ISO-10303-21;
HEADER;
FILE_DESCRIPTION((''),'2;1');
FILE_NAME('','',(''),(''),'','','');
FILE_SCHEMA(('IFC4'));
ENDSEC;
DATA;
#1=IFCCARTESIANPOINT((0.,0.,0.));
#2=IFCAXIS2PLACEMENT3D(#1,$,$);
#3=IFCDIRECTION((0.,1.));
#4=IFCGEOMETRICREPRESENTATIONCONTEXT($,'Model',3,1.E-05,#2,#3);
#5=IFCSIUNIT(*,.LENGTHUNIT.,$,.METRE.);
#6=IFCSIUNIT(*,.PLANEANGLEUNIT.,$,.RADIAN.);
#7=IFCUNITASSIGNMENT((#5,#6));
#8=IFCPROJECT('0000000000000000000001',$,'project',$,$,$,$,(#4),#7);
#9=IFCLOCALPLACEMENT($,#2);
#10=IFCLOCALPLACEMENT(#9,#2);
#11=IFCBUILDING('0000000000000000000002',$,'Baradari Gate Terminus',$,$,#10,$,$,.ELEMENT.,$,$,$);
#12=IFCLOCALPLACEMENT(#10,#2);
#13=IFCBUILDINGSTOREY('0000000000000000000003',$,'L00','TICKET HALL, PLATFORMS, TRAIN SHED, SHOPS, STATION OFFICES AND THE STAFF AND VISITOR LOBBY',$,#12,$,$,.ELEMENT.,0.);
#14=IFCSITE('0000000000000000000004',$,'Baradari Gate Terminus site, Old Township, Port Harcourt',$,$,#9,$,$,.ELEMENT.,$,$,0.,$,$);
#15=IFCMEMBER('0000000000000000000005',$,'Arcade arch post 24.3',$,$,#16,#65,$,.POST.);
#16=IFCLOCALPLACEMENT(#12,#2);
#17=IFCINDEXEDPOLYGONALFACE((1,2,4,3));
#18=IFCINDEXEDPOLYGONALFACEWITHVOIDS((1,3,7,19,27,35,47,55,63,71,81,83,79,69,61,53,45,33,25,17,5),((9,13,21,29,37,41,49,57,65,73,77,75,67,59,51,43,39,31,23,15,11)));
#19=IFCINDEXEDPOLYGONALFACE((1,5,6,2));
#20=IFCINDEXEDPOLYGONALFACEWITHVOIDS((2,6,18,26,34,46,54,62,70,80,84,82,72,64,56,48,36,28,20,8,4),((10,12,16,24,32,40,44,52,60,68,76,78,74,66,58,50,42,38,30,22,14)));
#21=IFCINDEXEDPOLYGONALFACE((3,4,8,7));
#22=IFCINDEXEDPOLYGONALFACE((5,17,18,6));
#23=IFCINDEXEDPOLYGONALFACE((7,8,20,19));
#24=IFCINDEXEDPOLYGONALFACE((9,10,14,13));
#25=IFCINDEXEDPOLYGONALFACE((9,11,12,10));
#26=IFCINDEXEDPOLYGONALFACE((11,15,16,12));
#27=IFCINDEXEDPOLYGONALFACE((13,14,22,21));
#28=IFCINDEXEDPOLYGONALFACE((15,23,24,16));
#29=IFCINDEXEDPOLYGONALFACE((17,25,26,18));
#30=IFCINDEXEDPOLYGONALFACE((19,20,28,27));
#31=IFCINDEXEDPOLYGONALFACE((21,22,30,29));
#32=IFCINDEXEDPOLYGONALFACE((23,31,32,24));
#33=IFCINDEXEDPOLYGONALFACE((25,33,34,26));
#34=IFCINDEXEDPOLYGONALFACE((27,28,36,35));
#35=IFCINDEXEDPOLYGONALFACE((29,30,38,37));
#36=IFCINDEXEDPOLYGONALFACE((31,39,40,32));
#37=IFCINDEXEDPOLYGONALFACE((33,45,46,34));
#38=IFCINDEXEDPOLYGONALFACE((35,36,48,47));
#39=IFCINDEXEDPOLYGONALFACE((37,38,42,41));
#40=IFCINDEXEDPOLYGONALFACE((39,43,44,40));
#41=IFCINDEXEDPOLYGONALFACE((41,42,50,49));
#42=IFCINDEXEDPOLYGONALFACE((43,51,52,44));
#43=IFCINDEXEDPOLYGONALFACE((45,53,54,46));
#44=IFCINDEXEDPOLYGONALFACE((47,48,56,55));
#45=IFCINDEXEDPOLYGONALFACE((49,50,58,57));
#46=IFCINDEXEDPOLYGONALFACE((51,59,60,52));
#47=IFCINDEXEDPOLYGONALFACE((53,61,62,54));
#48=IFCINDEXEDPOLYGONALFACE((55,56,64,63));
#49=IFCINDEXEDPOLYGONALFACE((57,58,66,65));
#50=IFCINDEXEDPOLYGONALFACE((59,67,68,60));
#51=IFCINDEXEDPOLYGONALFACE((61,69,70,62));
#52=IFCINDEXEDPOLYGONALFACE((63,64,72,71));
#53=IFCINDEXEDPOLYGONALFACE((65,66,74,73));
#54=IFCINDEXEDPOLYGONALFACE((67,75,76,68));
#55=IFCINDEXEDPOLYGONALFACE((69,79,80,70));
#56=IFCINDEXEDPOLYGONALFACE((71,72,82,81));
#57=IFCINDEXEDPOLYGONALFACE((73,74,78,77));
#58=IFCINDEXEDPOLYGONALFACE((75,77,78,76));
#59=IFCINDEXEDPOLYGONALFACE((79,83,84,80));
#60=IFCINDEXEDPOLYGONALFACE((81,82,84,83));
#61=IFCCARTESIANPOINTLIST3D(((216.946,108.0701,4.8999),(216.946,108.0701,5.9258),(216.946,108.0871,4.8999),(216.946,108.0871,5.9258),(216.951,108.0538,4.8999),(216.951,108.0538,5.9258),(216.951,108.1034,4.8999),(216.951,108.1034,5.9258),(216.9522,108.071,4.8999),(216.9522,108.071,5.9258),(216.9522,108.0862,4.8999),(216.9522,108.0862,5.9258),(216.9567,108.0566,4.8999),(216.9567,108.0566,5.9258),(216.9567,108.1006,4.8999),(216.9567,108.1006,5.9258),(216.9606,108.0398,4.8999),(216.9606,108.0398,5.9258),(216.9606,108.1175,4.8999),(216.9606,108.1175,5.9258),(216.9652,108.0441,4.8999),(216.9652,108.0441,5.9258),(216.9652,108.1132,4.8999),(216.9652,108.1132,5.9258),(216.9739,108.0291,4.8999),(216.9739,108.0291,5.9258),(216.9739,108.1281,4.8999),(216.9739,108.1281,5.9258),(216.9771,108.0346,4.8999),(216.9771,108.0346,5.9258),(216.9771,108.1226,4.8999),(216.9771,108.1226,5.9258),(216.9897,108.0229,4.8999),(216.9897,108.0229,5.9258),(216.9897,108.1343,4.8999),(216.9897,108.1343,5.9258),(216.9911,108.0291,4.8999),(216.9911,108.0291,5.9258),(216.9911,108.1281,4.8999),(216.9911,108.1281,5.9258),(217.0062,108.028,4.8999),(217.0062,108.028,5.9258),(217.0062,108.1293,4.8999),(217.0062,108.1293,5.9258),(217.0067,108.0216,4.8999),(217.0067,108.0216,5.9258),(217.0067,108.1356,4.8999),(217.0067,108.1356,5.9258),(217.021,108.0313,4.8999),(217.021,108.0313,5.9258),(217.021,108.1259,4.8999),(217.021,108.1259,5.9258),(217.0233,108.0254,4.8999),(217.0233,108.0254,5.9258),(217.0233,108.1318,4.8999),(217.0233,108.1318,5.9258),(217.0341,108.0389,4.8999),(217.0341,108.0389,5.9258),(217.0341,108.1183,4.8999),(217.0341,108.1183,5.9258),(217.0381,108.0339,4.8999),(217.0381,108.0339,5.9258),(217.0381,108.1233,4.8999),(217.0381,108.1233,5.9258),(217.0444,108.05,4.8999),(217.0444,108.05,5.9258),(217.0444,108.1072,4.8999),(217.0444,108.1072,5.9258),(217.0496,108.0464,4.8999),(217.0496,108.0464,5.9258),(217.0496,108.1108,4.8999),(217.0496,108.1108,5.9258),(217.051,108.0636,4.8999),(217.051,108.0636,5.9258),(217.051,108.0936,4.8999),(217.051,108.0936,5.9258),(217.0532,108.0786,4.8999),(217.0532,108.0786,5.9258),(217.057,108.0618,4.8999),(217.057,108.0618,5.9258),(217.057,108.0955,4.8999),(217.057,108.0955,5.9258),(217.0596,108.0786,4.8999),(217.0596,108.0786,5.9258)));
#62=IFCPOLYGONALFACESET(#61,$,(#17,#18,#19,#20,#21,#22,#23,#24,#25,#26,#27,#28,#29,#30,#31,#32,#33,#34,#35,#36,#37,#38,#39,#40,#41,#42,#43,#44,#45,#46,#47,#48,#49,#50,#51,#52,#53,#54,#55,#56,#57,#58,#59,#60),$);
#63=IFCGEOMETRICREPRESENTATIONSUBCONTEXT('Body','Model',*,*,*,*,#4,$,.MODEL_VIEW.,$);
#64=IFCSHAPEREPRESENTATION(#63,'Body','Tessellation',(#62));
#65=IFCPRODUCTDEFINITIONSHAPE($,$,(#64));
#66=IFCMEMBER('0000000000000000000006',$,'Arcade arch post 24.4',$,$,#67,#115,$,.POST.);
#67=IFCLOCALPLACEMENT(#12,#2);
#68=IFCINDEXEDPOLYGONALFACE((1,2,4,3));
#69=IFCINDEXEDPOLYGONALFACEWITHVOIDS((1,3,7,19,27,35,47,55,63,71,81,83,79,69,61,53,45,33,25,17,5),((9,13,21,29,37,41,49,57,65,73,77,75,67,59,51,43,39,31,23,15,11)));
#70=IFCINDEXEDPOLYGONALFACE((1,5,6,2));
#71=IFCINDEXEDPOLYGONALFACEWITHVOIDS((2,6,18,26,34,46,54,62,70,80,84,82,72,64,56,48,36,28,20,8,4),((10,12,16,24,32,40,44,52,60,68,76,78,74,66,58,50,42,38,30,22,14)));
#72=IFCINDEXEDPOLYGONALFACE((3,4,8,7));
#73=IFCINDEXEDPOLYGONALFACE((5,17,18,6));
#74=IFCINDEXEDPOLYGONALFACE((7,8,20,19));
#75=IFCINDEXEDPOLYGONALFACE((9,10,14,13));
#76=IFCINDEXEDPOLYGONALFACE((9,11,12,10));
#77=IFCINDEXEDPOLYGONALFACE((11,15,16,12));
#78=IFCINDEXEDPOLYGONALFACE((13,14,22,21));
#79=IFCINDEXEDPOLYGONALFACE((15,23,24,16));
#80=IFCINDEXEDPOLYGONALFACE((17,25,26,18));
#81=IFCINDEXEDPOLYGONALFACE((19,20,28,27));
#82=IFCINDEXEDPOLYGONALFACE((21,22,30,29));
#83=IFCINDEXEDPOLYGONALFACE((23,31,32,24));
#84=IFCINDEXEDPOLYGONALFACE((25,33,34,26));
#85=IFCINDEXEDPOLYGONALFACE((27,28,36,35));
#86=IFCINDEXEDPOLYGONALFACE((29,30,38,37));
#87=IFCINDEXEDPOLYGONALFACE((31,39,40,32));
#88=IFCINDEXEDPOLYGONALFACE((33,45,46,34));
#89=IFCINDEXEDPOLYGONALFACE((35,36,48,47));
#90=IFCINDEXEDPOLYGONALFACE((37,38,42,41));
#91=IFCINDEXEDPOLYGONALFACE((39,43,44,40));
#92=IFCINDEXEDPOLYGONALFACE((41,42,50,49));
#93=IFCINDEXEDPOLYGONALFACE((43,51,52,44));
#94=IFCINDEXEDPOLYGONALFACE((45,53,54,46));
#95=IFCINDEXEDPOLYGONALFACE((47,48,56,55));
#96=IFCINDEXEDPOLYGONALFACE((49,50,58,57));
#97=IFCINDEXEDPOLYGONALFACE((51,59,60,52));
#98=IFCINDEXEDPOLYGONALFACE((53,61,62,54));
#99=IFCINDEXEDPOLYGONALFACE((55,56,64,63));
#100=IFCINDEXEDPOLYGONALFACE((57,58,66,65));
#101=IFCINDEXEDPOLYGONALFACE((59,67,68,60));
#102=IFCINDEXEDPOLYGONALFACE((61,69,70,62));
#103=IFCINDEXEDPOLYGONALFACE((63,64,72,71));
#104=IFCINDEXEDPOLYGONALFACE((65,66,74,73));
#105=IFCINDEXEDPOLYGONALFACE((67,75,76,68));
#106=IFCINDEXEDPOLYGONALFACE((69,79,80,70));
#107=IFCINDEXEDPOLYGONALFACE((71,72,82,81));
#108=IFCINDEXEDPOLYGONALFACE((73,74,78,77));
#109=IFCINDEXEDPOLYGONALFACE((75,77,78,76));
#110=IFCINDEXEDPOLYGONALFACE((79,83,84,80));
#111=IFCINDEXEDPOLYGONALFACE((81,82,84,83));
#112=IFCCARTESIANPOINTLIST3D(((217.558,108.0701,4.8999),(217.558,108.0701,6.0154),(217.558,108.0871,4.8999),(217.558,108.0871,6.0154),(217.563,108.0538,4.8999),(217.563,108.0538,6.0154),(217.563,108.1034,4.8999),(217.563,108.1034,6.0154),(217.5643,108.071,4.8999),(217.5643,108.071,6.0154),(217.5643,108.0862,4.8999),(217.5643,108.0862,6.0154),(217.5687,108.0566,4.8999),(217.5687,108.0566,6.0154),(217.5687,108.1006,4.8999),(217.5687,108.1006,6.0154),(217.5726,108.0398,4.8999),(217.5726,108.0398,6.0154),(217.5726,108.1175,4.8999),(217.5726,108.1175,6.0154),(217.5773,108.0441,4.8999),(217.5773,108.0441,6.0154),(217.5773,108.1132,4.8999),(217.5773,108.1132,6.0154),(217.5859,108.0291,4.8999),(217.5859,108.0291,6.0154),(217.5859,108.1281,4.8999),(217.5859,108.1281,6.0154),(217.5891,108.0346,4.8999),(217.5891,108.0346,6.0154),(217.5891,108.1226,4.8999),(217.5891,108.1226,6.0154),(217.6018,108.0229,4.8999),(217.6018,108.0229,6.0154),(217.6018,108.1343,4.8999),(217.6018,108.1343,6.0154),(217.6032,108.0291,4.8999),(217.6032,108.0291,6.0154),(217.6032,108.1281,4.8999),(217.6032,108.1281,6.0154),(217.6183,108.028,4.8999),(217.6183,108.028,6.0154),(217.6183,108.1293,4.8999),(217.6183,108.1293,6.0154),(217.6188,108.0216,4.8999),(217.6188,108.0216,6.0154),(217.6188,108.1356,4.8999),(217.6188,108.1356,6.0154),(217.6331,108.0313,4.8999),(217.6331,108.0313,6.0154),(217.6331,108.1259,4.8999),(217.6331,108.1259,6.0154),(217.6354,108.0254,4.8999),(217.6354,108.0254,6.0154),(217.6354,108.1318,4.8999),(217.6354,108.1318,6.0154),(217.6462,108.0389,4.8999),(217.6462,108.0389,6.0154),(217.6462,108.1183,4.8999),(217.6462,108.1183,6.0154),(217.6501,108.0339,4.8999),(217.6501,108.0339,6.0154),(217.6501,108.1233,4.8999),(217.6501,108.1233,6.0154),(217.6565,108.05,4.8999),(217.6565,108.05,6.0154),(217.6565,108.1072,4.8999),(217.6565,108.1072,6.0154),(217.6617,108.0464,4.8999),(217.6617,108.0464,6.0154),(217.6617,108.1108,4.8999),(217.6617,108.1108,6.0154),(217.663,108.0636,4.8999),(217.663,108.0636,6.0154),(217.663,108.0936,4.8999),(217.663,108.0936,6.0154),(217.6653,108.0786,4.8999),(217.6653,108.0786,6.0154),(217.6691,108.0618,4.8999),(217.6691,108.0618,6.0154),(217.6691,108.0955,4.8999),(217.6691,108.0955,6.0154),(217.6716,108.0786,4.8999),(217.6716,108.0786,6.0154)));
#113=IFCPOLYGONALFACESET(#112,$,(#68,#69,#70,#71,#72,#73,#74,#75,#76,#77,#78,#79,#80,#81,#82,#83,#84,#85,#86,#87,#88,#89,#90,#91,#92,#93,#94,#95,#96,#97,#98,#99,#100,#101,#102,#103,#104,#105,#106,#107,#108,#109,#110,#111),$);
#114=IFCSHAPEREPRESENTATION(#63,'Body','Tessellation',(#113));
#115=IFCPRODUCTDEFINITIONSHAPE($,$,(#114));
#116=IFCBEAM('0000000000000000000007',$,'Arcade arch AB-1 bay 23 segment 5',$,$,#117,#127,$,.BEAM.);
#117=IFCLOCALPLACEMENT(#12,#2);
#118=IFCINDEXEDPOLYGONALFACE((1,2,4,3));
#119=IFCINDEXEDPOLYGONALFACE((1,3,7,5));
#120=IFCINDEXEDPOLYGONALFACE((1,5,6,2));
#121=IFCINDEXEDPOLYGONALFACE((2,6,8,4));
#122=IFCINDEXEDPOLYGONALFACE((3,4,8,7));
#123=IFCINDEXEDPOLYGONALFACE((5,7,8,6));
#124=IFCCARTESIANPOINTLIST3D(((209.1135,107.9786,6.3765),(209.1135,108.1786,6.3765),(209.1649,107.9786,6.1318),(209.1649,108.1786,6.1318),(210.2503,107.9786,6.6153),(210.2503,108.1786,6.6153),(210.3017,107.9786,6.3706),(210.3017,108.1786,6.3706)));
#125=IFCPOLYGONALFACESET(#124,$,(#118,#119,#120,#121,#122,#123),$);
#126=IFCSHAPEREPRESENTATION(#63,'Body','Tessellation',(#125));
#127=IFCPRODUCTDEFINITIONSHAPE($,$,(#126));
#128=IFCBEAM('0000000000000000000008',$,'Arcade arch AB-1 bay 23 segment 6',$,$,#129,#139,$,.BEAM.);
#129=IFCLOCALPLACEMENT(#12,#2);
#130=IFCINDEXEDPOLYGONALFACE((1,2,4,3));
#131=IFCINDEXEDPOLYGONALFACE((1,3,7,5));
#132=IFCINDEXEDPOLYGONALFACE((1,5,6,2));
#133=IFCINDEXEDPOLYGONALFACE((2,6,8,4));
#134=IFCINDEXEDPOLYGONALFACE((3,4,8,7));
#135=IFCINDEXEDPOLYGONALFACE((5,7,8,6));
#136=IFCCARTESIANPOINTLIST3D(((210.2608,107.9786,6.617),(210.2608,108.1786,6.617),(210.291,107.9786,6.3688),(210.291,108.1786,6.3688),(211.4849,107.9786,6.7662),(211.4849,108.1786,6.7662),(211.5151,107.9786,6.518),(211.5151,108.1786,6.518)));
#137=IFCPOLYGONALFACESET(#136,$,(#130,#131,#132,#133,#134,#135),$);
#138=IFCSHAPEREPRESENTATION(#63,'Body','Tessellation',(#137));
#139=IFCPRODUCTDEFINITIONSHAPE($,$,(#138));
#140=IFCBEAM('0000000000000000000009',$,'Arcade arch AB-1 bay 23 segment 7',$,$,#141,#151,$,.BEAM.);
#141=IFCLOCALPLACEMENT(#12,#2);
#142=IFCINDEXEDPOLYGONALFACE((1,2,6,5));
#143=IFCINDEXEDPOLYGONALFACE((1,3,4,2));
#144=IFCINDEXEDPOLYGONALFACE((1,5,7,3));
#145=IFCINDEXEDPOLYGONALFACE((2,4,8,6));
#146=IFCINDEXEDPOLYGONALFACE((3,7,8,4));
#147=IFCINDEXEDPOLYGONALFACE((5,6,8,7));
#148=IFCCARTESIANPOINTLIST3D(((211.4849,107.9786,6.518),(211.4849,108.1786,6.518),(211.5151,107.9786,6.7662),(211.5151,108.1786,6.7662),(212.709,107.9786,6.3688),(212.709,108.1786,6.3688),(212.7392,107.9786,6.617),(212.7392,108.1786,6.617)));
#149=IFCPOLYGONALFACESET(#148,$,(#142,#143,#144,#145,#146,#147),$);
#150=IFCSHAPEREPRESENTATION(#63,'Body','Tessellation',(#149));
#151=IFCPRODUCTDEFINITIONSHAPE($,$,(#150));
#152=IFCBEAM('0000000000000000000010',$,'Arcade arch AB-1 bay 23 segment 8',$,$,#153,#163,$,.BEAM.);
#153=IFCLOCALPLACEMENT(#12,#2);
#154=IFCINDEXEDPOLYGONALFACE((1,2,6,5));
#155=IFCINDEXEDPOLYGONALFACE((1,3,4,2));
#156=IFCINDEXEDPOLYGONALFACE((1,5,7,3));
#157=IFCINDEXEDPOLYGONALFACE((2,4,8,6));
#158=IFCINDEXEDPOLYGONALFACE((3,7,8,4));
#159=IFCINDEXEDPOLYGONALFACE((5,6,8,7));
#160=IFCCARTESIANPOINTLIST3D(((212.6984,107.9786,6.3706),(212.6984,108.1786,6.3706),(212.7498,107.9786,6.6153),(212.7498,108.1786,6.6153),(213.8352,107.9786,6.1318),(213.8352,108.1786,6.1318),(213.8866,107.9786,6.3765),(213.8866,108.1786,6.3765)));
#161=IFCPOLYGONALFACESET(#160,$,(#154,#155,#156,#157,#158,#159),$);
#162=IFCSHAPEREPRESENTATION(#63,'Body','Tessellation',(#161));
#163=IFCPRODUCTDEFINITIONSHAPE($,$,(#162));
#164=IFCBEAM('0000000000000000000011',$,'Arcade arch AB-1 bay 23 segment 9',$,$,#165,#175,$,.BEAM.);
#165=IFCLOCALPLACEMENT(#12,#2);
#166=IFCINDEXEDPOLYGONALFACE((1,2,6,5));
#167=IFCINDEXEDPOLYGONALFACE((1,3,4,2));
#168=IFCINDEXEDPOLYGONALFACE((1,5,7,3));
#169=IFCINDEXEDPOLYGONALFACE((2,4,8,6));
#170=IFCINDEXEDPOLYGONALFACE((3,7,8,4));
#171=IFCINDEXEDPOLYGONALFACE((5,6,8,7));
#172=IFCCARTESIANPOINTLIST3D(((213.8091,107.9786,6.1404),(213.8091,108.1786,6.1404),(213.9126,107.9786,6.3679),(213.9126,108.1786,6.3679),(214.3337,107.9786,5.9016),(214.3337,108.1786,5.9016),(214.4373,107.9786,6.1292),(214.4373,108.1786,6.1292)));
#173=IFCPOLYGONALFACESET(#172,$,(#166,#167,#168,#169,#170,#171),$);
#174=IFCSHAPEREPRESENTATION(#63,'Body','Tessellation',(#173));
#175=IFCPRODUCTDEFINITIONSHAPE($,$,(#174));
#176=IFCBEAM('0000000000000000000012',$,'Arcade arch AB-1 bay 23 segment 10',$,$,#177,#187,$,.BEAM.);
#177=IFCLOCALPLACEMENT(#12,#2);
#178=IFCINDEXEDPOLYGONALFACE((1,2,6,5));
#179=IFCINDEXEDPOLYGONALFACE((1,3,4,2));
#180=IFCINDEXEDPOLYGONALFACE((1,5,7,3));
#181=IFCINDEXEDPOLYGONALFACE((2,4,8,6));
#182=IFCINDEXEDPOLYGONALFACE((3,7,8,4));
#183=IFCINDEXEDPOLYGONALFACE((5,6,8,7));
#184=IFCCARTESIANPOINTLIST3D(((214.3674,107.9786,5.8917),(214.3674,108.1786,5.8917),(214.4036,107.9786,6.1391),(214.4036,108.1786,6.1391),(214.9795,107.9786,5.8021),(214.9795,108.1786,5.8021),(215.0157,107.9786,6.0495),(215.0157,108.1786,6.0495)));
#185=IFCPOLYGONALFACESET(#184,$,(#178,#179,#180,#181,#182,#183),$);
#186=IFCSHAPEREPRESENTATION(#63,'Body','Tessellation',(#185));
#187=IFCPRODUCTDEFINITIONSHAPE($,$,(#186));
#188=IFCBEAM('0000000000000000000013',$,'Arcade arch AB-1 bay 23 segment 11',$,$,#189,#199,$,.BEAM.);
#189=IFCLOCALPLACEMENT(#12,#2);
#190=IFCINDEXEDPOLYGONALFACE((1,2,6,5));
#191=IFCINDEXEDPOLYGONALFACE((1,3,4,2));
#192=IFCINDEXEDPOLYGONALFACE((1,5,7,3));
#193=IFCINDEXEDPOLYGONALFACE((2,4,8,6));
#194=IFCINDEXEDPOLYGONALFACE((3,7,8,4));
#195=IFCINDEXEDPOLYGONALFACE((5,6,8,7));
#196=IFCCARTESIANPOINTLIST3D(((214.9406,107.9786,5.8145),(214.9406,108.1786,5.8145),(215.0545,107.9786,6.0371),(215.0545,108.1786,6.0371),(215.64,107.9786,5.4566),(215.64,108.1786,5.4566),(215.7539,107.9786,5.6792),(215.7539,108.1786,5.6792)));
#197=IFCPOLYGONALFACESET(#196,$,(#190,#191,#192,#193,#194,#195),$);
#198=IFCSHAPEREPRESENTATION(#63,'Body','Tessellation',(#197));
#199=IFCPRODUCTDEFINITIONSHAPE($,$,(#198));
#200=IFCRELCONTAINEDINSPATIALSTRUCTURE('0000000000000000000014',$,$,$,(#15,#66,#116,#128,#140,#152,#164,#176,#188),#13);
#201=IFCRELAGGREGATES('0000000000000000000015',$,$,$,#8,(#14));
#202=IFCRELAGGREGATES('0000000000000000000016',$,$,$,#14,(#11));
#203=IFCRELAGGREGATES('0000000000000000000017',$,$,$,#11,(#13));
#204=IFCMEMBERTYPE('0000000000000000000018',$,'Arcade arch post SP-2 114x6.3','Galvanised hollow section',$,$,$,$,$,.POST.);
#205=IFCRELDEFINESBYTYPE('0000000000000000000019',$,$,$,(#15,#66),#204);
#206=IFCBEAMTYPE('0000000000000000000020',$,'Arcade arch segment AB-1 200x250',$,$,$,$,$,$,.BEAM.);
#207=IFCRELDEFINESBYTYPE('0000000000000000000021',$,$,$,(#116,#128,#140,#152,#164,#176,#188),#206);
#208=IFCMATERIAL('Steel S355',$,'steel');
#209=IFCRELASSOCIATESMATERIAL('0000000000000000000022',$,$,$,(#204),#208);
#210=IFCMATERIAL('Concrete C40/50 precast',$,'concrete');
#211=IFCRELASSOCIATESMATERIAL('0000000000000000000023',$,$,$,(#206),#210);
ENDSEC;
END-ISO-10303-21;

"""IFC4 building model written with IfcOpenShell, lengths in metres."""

from ifc_helpers import new_model, si_unit, direction, frame, origin, origin_2d, place, context, subcontext, project, spatial, rectangle, hollow_circle, extrude, material, material_profile, profile_set, type_object, element, save


model = new_model("IFC4")

# Units and contexts
model_context = context("Model", 3, precision=1e-05, world=origin(), true_north=direction((0.0, 1.0)))
body_context = subcontext(model_context, "Body", "Model", "MODEL_VIEW")
ifc_project = project(units=[si_unit("LENGTHUNIT", "METRE"), si_unit("PLANEANGLEUNIT", "RADIAN")], contexts=[model_context])

# Site, building, storey
site_placement = place(None, origin())
site = spatial("IfcSite", under=ifc_project, at=site_placement, Name="Baradari Gate Terminus site, Old Township, Port Harcourt", CompositionType="ELEMENT", RefElevation=0.0)
building_placement = place(site_placement, origin())
building = spatial("IfcBuilding", under=site, at=building_placement, Name="Baradari Gate Terminus", CompositionType="ELEMENT")
storey_placement = place(building_placement, origin())
storey = spatial("IfcBuildingStorey", under=building, at=storey_placement, Name="L00", Description="TICKET HALL, PLATFORMS, TRAIN SHED, SHOPS, STATION OFFICES AND THE STAFF AND VISITOR LOBBY", CompositionType="ELEMENT", Elevation=0.0)

# Members
ifc_material_1 = material(Name="Steel S355", Category="steel")
ifc_material_profile_1 = material_profile(ifc_material_1, hollow_circle(Radius=0.0571, WallThickness=0.0063, at=origin_2d()), Name="CHS 114.3x6.3")
ifc_profile_set_1 = profile_set([ifc_material_profile_1], Name="Steel S355")
member_type = type_object("IfcMemberType", Name="Arcade arch post SP-2 114x6.3", Description="Galvanised hollow section", PredefinedType="POST", material=ifc_profile_set_1)
member_1_placement = place(storey_placement, frame((217.0024, 108.0786, 4.8999), z_axis=(0.0, 0.0, 1.0), x_axis=(1.0, 0.0, 0.0)))
element("IfcMember", 1, at=member_1_placement, inside=storey, type_object=member_type, Name="Arcade arch post 24.3", PredefinedType="POST", context=body_context, shape_type="SweptSolid", body=[
    extrude(hollow_circle(Radius=0.0571, WallThickness=0.0063, at=origin_2d()), origin(), (0.0, 0.0, 1.0), 1.0259),
])
member_2_placement = place(storey_placement, frame((217.6145, 108.0786, 4.8999), z_axis=(0.0, 0.0, 1.0), x_axis=(1.0, 0.0, 0.0)))
element("IfcMember", 2, at=member_2_placement, inside=storey, type_object=member_type, Name="Arcade arch post 24.4", PredefinedType="POST", context=body_context, shape_type="SweptSolid", body=[
    extrude(hollow_circle(Radius=0.0571, WallThickness=0.0063, at=origin_2d()), origin(), (0.0, 0.0, 1.0), 1.1155),
])

# Beams
ifc_material_2 = material(Name="Concrete C40/50 precast", Category="concrete")
ifc_material_profile_2 = material_profile(ifc_material_2, rectangle(XDim=0.2, YDim=0.25, at=origin_2d()), Name="AB-1 200X250")
ifc_profile_set_2 = profile_set([ifc_material_profile_2], Name="Concrete C40/50 precast")
beam_type = type_object("IfcBeamType", Name="Arcade arch segment AB-1 200x250", PredefinedType="BEAM", material=ifc_profile_set_2)
beam_1_placement = place(storey_placement, frame((209.1392, 108.0786, 6.2542), z_axis=(0.978643, 0.0, 0.205566), x_axis=(0.0, 1.0, 0.0)))
element("IfcBeam", 3, at=beam_1_placement, inside=storey, type_object=beam_type, Name="Arcade arch AB-1 bay 23 segment 5", PredefinedType="BEAM", context=body_context, shape_type="SweptSolid", body=[
    extrude(rectangle(XDim=0.2, YDim=0.25, at=origin_2d()), origin(), (0.0, 0.0, 1.0), 1.1616),
])
for number, where, z_axis, x_axis, name in (
    (4, (210.2759, 108.0786, 6.4929), (0.992657, 0.0, 0.120964), (0.0, 1.0, 0.0), "Arcade arch AB-1 bay 23 segment 6"),
    (5, (211.5, 108.0786, 6.6421), (0.992657, 0.0, -0.120964), (0.0, 1.0, 0.0), "Arcade arch AB-1 bay 23 segment 7"),
):
    element("IfcBeam", number, at=place(storey_placement, frame(where, z_axis=z_axis, x_axis=x_axis)), inside=storey, type_object=beam_type, Name=name, PredefinedType="BEAM", context=body_context, shape_type="SweptSolid", body=[
        extrude(rectangle(XDim=0.2, YDim=0.25, at=origin_2d()), origin(), (0.0, 0.0, 1.0), 1.2332),
    ])
beam_2_placement = place(storey_placement, frame((212.7241, 108.0786, 6.4929), z_axis=(0.978643, 0.0, -0.205566), x_axis=(0.0, 1.0, 0.0)))
element("IfcBeam", 6, at=beam_2_placement, inside=storey, type_object=beam_type, Name="Arcade arch AB-1 bay 23 segment 8", PredefinedType="BEAM", context=body_context, shape_type="SweptSolid", body=[
    extrude(rectangle(XDim=0.2, YDim=0.25, at=origin_2d()), origin(), (0.0, 0.0, 1.0), 1.1616),
])
beam_3_placement = place(storey_placement, frame((213.8608, 108.0786, 6.2542), z_axis=(0.910178, 0.0, -0.414218), x_axis=(0.0, 1.0, 0.0)))
element("IfcBeam", 7, at=beam_3_placement, inside=storey, type_object=beam_type, Name="Arcade arch AB-1 bay 23 segment 9", PredefinedType="BEAM", context=body_context, shape_type="SweptSolid", body=[
    extrude(rectangle(XDim=0.2, YDim=0.25, at=origin_2d()), origin(), (0.0, 0.0, 1.0), 0.5764),
])
beam_4_placement = place(storey_placement, frame((214.3855, 108.0786, 6.0154), z_axis=(0.989454, 0.0, -0.144846), x_axis=(0.0, 1.0, 0.0)))
element("IfcBeam", 8, at=beam_4_placement, inside=storey, type_object=beam_type, Name="Arcade arch AB-1 bay 23 segment 10", PredefinedType="BEAM", context=body_context, shape_type="SweptSolid", body=[
    extrude(rectangle(XDim=0.2, YDim=0.25, at=origin_2d()), origin(), (0.0, 0.0, 1.0), 0.6187),
])
beam_5_placement = place(storey_placement, frame((214.9976, 108.0786, 5.9258), z_axis=(0.890225, 0.0, -0.455522), x_axis=(0.0, 1.0, 0.0)))
element("IfcBeam", 9, at=beam_5_placement, inside=storey, type_object=beam_type, Name="Arcade arch AB-1 bay 23 segment 11", PredefinedType="BEAM", context=body_context, shape_type="SweptSolid", body=[
    extrude(rectangle(XDim=0.2, YDim=0.25, at=origin_2d()), origin(), (0.0, 0.0, 1.0), 0.7856),
])

save(model, "model.ifc")
